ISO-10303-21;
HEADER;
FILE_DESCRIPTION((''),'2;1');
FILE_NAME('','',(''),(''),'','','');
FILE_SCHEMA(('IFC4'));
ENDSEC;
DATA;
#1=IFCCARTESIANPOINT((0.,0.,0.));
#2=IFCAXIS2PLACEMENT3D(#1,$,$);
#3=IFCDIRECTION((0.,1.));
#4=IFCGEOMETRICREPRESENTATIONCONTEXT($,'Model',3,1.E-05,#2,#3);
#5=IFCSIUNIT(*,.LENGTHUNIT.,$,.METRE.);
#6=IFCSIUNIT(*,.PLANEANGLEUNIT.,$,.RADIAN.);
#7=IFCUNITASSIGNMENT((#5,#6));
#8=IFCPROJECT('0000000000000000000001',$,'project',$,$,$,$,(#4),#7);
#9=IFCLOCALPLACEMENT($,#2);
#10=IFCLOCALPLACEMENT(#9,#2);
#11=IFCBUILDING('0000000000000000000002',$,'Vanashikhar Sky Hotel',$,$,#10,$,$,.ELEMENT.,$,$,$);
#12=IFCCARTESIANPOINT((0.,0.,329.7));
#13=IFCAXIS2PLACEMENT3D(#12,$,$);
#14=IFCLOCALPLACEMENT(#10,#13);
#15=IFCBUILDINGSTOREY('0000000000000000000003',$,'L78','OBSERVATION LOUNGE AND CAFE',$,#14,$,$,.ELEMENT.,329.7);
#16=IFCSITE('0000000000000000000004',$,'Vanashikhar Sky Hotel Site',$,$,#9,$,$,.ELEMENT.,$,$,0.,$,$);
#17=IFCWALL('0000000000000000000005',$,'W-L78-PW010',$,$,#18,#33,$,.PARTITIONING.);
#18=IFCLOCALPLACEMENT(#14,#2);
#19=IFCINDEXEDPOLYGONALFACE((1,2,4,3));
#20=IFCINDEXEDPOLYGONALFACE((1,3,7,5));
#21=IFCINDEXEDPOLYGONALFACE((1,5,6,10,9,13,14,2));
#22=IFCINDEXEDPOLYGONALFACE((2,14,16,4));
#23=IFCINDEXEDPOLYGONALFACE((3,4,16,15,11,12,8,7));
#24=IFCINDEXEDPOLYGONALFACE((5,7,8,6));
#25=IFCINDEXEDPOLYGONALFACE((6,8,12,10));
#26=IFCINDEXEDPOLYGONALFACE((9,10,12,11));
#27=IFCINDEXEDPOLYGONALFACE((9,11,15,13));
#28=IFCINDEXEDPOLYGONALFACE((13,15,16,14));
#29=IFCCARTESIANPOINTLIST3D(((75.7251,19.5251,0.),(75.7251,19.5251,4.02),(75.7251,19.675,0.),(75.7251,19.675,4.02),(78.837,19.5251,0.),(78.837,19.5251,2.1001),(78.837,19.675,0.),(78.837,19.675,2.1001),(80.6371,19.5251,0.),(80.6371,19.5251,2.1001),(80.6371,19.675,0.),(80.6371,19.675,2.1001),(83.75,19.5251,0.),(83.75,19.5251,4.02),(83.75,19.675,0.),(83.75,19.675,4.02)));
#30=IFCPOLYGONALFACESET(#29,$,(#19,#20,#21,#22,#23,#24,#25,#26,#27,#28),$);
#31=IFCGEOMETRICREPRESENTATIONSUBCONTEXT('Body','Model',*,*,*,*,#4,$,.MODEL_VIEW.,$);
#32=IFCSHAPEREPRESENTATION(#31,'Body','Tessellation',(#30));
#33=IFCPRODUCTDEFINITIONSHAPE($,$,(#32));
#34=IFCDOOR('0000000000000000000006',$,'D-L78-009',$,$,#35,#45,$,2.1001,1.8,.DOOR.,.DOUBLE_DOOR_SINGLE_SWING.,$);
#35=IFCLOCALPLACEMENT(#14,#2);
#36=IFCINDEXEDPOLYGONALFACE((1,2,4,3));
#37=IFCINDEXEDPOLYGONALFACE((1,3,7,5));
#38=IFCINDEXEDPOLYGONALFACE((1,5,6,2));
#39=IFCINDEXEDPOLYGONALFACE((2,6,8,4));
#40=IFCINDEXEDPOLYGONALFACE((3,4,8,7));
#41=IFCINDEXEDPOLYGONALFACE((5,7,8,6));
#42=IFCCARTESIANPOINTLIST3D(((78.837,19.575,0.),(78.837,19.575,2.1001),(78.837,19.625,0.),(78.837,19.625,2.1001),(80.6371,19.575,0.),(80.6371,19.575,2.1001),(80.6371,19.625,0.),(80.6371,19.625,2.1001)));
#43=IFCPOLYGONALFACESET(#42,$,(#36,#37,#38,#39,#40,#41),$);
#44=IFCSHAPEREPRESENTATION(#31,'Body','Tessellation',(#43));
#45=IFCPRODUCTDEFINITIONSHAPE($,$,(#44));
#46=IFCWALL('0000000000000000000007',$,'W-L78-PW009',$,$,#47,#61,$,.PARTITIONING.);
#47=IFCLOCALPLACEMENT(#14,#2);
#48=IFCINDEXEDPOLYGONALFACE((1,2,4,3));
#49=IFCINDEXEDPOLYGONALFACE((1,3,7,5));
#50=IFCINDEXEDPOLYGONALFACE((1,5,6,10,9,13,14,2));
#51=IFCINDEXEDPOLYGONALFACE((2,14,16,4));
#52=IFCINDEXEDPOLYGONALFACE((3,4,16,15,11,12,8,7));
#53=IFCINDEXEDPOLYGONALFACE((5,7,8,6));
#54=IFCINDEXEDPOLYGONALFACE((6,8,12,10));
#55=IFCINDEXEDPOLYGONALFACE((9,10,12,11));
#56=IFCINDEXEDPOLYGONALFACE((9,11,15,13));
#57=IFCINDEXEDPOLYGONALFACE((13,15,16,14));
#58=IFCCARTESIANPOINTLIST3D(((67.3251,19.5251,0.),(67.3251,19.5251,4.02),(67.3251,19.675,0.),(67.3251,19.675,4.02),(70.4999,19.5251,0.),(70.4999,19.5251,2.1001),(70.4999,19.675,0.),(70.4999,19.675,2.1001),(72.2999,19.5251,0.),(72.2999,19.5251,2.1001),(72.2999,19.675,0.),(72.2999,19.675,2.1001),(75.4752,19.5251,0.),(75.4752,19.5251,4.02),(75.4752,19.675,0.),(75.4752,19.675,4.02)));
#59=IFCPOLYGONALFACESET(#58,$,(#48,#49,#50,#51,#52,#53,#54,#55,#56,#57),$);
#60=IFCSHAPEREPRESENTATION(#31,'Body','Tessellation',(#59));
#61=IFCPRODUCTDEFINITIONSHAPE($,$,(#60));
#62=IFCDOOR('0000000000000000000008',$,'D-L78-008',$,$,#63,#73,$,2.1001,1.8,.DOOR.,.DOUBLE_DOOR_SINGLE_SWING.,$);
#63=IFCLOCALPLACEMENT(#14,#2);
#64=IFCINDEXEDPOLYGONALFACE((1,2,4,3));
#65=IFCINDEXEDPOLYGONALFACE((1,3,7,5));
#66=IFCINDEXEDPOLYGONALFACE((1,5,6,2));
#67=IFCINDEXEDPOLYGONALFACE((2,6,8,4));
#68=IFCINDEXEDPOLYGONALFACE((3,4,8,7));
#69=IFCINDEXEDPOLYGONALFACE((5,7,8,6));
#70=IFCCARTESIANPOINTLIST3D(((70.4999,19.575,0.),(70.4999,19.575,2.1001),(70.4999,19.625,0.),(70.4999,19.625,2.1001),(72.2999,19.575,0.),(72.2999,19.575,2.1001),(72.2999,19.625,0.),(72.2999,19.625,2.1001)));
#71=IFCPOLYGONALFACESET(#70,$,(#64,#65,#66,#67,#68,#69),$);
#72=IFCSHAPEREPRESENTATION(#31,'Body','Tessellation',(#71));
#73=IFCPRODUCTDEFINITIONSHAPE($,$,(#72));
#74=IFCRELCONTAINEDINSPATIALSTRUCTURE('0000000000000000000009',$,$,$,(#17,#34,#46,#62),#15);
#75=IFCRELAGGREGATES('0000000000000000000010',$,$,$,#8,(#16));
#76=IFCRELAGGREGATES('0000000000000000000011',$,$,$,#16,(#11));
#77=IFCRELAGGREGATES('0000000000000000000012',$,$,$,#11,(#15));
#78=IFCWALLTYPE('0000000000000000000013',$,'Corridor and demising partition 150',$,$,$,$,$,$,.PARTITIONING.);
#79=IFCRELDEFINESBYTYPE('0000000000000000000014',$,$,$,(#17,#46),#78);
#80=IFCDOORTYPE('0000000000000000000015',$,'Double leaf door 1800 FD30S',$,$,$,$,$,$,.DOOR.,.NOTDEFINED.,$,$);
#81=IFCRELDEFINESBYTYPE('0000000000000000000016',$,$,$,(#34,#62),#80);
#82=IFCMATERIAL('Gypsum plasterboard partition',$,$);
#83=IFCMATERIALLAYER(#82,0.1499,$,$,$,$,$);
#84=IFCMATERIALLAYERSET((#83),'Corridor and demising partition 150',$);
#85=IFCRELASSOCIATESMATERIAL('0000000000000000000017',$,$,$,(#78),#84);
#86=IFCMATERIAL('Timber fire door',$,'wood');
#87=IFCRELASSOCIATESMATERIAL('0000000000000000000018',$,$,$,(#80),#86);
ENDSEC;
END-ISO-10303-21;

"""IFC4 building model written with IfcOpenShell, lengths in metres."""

from ifc_helpers import new_model, si_unit, direction, frame, frame_2d, origin, place, context, subcontext, project, spatial, rectangle, extrude, source, transform, mapped, material, layer, layer_set, type_object, element, fill, save


model = new_model("IFC4")

# Units and contexts
model_context = context("Model", 3, precision=1e-05, world=origin(), true_north=direction((0.0, 1.0)))
body_context = subcontext(model_context, "Body", "Model", "MODEL_VIEW")
ifc_project = project(units=[si_unit("LENGTHUNIT", "METRE"), si_unit("PLANEANGLEUNIT", "RADIAN")], contexts=[model_context])

# Site, building, storey
site_placement = place(None, origin())
site = spatial("IfcSite", under=ifc_project, at=site_placement, Name="Vanashikhar Sky Hotel Site", CompositionType="ELEMENT", RefElevation=0.0)
building_placement = place(site_placement, origin())
building = spatial("IfcBuilding", under=site, at=building_placement, Name="Vanashikhar Sky Hotel", CompositionType="ELEMENT")
storey_placement = place(building_placement, frame((0.0, 0.0, 329.7)))
storey = spatial("IfcBuildingStorey", under=building, at=storey_placement, Name="L78", Description="OBSERVATION LOUNGE AND CAFE", CompositionType="ELEMENT", Elevation=329.7)

# Walls, openings, doors
ifc_material_1 = material(Name="Gypsum plasterboard partition")
ifc_layer_1 = layer(ifc_material_1, 0.1499)
ifc_layer_set_1 = layer_set([ifc_layer_1], Name="Corridor and demising partition 150")
wall_type_1 = type_object("IfcWallType", Name="Corridor and demising partition 150", PredefinedType="PARTITIONING", material=ifc_layer_set_1)
shared_shape_1 = source(origin(), body_context, "Body", "SweptSolid", [
    extrude(rectangle(XDim=8.0249, YDim=0.1499, at=frame_2d((4.0125, 0.0))), origin(), (0.0, 0.0, 1.0), 4.02),
])
wall_1_placement = place(storey_placement, frame((75.7251, 19.6001, 0.0), z_axis=(0.0, 0.0, 1.0), x_axis=(1.0, 0.0, 0.0)))
wall_1 = element("IfcWall", 1, at=wall_1_placement, inside=storey, type_object=wall_type_1, Name="W-L78-PW010", PredefinedType="PARTITIONING", context=body_context, shape_type="MappedRepresentation", body=[
    mapped(shared_shape_1, transform((0.0, 0.0, 0.0), scale=1.0)),
])
shared_shape_2 = source(origin(), body_context, "Body", "SweptSolid", [
    extrude(rectangle(XDim=1.8, YDim=2.1001, at=frame_2d((0.8999, 1.05))), frame((0.0, 0.085, 0.0), z_axis=(0.0, -1.0, 0.0), x_axis=(1.0, 0.0, 0.0)), (0.0, 0.0, 1.0), 0.1699),
])
opening_1_placement = place(wall_1_placement, frame((3.1121, 0.0, 0.0)))
opening_1 = element("IfcOpeningElement", 2, at=opening_1_placement, cuts=wall_1, PredefinedType="OPENING", context=body_context, shape_type="MappedRepresentation", body=[
    mapped(shared_shape_2, transform((0.0, 0.0, 0.0), scale=1.0)),
])
ifc_material_2 = material(Name="Timber fire door", Category="wood")
door_type_1 = type_object("IfcDoorType", Name="Double leaf door 1800 FD30S", OperationType="NOTDEFINED", PredefinedType="DOOR", material=ifc_material_2)
shared_shape_3 = source(origin(), body_context, "Body", "SweptSolid", [
    extrude(rectangle(XDim=1.8, YDim=2.1001, at=frame_2d((0.8999, 1.05))), frame((0.0, 0.0249, 0.0), z_axis=(0.0, -1.0, 0.0), x_axis=(1.0, 0.0, 0.0)), (0.0, 0.0, 1.0), 0.05),
])
door_1_placement = place(opening_1_placement, origin())
door_1 = element("IfcDoor", 3, at=door_1_placement, inside=storey, type_object=door_type_1, Name="D-L78-009", OperationType="DOUBLE_DOOR_SINGLE_SWING", OverallHeight=2.1001, OverallWidth=1.8, PredefinedType="DOOR", context=body_context, shape_type="MappedRepresentation", body=[
    mapped(shared_shape_3, transform((0.0, 0.0, 0.0), scale=1.0)),
])
fill(opening_1, door_1)
shared_shape_4 = source(origin(), body_context, "Body", "SweptSolid", [
    extrude(rectangle(XDim=8.1501, YDim=0.1499, at=frame_2d((4.0752, 0.0))), origin(), (0.0, 0.0, 1.0), 4.02),
])
wall_2_placement = place(storey_placement, frame((67.325, 19.6001, 0.0), z_axis=(0.0, 0.0, 1.0), x_axis=(1.0, 0.0, 0.0)))
wall_2 = element("IfcWall", 4, at=wall_2_placement, inside=storey, type_object=wall_type_1, Name="W-L78-PW009", PredefinedType="PARTITIONING", context=body_context, shape_type="MappedRepresentation", body=[
    mapped(shared_shape_4, transform((0.0, 0.0, 0.0), scale=1.0)),
])
opening_2_placement = place(wall_2_placement, frame((3.175, 0.0, 0.0)))
opening_2 = element("IfcOpeningElement", 5, at=opening_2_placement, cuts=wall_2, PredefinedType="OPENING", context=body_context, shape_type="MappedRepresentation", body=[
    mapped(shared_shape_2, transform((0.0, 0.0, 0.0), scale=1.0)),
])
door_2_placement = place(opening_2_placement, origin())
door_2 = element("IfcDoor", 6, at=door_2_placement, inside=storey, type_object=door_type_1, Name="D-L78-008", OperationType="DOUBLE_DOOR_SINGLE_SWING", OverallHeight=2.1001, OverallWidth=1.8, PredefinedType="DOOR", context=body_context, shape_type="MappedRepresentation", body=[
    mapped(shared_shape_3, transform((0.0, 0.0, 0.0), scale=1.0)),
])
fill(opening_2, door_2)

save(model, "model.ifc")
